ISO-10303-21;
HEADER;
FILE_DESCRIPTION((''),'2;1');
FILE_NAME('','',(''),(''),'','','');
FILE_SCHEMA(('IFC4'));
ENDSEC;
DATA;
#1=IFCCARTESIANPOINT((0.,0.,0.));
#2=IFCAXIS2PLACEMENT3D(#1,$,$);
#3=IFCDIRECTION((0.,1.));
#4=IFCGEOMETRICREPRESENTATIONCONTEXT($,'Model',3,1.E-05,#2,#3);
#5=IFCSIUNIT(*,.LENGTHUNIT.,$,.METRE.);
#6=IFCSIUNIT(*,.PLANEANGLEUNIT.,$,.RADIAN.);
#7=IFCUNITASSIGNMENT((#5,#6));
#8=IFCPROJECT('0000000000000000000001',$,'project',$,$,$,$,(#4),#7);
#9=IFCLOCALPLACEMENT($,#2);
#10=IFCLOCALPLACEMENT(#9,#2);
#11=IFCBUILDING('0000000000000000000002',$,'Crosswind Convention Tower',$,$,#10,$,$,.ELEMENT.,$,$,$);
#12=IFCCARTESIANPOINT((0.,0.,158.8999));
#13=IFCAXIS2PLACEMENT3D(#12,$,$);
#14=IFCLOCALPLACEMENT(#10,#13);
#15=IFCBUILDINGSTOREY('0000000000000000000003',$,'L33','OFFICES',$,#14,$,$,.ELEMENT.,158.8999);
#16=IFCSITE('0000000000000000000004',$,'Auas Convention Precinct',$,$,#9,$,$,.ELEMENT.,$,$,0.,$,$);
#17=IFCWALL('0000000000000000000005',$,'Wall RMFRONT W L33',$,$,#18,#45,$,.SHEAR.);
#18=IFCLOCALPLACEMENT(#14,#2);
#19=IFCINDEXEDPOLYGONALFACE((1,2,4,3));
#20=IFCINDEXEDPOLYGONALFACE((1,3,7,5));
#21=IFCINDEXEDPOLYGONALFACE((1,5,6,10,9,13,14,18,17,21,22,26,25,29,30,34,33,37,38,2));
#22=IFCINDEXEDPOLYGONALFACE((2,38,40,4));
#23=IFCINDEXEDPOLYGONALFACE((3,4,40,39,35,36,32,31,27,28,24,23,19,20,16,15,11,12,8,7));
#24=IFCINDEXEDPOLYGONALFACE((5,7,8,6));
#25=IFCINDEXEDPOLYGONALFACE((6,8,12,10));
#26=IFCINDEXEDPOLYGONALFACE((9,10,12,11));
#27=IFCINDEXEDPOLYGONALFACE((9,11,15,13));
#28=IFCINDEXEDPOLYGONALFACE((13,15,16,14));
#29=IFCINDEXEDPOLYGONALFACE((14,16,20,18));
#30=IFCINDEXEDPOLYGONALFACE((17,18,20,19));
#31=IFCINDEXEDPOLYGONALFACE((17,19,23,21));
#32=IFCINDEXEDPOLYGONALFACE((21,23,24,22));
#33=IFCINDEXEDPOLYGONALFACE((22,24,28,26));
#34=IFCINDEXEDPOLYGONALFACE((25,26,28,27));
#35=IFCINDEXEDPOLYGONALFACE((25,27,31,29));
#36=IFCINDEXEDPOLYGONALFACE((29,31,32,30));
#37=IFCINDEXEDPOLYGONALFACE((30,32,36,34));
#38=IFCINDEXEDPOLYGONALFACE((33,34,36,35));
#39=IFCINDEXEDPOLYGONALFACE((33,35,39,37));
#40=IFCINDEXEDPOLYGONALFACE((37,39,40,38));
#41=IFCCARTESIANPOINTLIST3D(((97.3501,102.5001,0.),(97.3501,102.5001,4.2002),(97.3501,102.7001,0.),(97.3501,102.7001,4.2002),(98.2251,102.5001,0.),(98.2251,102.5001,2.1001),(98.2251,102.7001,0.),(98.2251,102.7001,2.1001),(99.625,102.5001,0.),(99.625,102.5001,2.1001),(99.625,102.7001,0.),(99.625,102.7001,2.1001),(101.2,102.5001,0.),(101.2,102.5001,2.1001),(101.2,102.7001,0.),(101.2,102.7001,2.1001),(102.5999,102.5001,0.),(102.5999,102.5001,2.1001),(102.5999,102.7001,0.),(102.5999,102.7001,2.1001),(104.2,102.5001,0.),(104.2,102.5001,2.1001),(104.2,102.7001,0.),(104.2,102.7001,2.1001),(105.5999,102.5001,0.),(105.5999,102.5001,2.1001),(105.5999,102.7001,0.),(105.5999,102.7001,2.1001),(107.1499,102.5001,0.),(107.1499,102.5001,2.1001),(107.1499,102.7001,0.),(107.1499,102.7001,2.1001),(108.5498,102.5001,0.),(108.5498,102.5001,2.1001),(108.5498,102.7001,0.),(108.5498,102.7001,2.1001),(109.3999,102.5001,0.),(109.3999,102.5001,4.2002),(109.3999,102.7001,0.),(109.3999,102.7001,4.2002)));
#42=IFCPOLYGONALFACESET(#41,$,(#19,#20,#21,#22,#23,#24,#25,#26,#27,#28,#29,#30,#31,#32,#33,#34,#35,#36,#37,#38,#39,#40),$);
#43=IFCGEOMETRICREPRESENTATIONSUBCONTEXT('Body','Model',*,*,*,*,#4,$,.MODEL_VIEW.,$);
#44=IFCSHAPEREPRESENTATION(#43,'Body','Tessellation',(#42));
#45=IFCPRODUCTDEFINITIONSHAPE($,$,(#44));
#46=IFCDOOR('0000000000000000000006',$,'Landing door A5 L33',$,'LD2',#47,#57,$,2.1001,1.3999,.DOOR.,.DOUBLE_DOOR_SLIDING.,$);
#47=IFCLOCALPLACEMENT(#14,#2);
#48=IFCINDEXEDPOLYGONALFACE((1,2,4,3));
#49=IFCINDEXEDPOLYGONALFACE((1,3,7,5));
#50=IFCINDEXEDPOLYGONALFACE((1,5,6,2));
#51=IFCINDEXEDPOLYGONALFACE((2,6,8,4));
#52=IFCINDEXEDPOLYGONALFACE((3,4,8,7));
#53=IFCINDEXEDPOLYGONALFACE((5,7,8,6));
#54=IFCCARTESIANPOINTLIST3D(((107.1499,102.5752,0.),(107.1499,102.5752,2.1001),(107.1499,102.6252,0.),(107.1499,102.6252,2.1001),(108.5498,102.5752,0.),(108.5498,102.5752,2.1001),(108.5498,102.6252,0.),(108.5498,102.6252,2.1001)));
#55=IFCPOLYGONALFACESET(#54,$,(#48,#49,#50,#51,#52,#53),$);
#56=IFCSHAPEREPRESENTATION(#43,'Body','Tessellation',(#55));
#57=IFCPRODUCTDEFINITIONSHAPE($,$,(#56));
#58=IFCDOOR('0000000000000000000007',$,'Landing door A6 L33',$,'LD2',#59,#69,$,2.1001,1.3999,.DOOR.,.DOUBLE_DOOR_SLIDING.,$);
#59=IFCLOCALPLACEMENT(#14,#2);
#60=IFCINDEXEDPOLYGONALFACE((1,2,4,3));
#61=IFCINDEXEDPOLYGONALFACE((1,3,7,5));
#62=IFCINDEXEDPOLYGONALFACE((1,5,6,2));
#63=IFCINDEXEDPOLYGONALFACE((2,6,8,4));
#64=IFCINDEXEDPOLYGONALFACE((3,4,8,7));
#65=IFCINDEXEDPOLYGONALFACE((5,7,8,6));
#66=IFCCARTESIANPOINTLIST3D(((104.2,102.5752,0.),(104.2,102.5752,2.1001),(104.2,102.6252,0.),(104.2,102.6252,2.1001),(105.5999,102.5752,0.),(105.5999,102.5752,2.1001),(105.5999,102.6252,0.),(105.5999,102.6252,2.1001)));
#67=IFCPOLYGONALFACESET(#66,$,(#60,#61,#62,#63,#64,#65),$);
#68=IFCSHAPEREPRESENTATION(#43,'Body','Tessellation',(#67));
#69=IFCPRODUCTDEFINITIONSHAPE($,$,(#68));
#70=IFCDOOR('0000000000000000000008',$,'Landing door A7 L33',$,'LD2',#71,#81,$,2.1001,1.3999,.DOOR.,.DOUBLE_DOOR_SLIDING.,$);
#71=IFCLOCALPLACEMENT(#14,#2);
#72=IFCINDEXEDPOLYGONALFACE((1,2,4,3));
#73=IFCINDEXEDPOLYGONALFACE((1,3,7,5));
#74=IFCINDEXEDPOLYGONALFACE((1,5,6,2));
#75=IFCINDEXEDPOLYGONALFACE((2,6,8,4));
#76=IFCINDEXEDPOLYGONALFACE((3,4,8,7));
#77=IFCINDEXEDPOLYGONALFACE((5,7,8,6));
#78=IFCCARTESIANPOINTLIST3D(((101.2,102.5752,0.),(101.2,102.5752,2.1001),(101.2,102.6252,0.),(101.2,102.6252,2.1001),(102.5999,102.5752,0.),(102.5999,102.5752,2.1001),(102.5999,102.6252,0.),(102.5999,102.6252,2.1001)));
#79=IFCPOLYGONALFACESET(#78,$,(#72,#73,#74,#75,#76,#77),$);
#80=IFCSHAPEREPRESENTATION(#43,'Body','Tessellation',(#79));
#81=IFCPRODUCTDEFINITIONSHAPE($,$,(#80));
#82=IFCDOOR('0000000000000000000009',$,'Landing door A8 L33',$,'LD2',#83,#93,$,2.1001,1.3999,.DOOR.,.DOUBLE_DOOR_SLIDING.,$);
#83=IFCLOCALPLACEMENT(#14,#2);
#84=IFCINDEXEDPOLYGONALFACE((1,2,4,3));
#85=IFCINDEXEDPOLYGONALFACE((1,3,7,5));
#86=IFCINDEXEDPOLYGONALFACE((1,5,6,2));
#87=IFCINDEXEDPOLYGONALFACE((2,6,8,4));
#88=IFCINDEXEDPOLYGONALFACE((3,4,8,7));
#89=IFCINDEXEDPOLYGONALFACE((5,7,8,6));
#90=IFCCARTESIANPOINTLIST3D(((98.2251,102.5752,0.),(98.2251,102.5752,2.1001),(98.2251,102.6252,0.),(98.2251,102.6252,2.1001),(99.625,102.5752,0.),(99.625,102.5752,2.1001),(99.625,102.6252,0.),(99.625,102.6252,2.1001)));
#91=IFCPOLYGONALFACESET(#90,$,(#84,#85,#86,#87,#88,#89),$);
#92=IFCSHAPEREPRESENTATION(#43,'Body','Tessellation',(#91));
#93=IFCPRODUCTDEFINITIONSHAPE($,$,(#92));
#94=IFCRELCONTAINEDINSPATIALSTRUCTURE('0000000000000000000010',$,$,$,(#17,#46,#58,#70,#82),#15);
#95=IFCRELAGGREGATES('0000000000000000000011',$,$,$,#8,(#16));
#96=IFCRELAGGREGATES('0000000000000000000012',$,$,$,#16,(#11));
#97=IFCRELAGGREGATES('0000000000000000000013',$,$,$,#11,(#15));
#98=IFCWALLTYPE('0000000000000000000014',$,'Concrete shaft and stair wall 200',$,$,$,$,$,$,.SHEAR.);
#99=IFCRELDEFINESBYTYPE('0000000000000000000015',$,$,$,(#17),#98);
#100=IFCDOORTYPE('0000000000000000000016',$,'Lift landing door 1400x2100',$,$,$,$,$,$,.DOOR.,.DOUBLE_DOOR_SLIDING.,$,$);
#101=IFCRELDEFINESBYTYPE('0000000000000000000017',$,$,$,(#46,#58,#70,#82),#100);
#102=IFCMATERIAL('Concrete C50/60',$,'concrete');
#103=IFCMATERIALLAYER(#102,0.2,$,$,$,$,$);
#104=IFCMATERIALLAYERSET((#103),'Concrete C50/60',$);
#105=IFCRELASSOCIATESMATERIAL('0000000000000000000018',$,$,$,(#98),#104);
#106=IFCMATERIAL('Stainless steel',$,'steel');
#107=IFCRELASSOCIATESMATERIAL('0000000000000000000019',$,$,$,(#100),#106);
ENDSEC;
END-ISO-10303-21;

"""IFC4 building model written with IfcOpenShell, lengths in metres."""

from ifc_helpers import new_model, si_unit, direction, frame, frame_2d, origin, place, context, subcontext, project, spatial, rectangle, extrude, material, layer, layer_set, type_object, element, fill, save


model = new_model("IFC4")

# Units and contexts
model_context = context("Model", 3, precision=1e-05, world=origin(), true_north=direction((0.0, 1.0)))
body_context = subcontext(model_context, "Body", "Model", "MODEL_VIEW")
ifc_project = project(units=[si_unit("LENGTHUNIT", "METRE"), si_unit("PLANEANGLEUNIT", "RADIAN")], contexts=[model_context])

# Site, building, storey
site_placement = place(None, origin())
site = spatial("IfcSite", under=ifc_project, at=site_placement, Name="Auas Convention Precinct", CompositionType="ELEMENT", RefElevation=0.0)
building_placement = place(site_placement, origin())
building = spatial("IfcBuilding", under=site, at=building_placement, Name="Crosswind Convention Tower", CompositionType="ELEMENT")
storey_placement = place(building_placement, frame((0.0, 0.0, 158.8999)))
storey = spatial("IfcBuildingStorey", under=building, at=storey_placement, Name="L33", Description="OFFICES", CompositionType="ELEMENT", Elevation=158.8999)

# Shared definitions
ifc_material_1 = material(Name="Concrete C50/60", Category="concrete")
ifc_layer_1 = layer(ifc_material_1, 0.2)
ifc_layer_set_1 = layer_set([ifc_layer_1], Name="Concrete C50/60")
wall_type_1 = type_object("IfcWallType", Name="Concrete shaft and stair wall 200", PredefinedType="SHEAR", material=ifc_layer_set_1)

# Wall, openings, doors
wall_1_placement = place(storey_placement, frame((109.3999, 102.6001, 0.0), z_axis=(0.0, 0.0, 1.0), x_axis=(-1.0, 0.0, 0.0)))
wall_1 = element("IfcWall", 1, at=wall_1_placement, inside=storey, type_object=wall_type_1, Name="Wall RMFRONT W L33", PredefinedType="SHEAR", context=body_context, shape_type="SweptSolid", body=[
    extrude(rectangle(XDim=12.0498, YDim=0.2, at=frame_2d((6.0249, 0.0))), origin(), (0.0, 0.0, 1.0), 4.2002),
])
opening_1_placement = place(wall_1_placement, frame((0.8501, 0.0, 0.0)))
opening_1 = element("IfcOpeningElement", 2, at=opening_1_placement, cuts=wall_1, PredefinedType="OPENING", context=body_context, shape_type="SweptSolid", body=[
    extrude(rectangle(XDim=1.3999, YDim=2.1001, at=frame_2d((0.7, 1.05))), frame((0.0, 0.1099, 0.0), z_axis=(0.0, -1.0, 0.0), x_axis=(1.0, 0.0, 0.0)), (0.0, 0.0, 1.0), 0.22),
])
opening_2_placement = place(wall_1_placement, frame((3.8, 0.0, 0.0)))
opening_2 = element("IfcOpeningElement", 3, at=opening_2_placement, cuts=wall_1, PredefinedType="OPENING", context=body_context, shape_type="SweptSolid", body=[
    extrude(rectangle(XDim=1.3999, YDim=2.1001, at=frame_2d((0.7, 1.05))), frame((0.0, 0.1099, 0.0), z_axis=(0.0, -1.0, 0.0), x_axis=(1.0, 0.0, 0.0)), (0.0, 0.0, 1.0), 0.22),
])
opening_3_placement = place(wall_1_placement, frame((6.8, 0.0, 0.0)))
opening_3 = element("IfcOpeningElement", 4, at=opening_3_placement, cuts=wall_1, PredefinedType="OPENING", context=body_context, shape_type="SweptSolid", body=[
    extrude(rectangle(XDim=1.3999, YDim=2.1001, at=frame_2d((0.7, 1.05))), frame((0.0, 0.1099, 0.0), z_axis=(0.0, -1.0, 0.0), x_axis=(1.0, 0.0, 0.0)), (0.0, 0.0, 1.0), 0.22),
])
opening_4_placement = place(wall_1_placement, frame((9.7749, 0.0, 0.0)))
opening_4 = element("IfcOpeningElement", 5, at=opening_4_placement, cuts=wall_1, PredefinedType="OPENING", context=body_context, shape_type="SweptSolid", body=[
    extrude(rectangle(XDim=1.3999, YDim=2.1001, at=frame_2d((0.7, 1.05))), frame((0.0, 0.1099, 0.0), z_axis=(0.0, -1.0, 0.0), x_axis=(1.0, 0.0, 0.0)), (0.0, 0.0, 1.0), 0.22),
])
ifc_material_2 = material(Name="Stainless steel", Category="steel")
door_type_1 = type_object("IfcDoorType", Name="Lift landing door 1400x2100", OperationType="DOUBLE_DOOR_SLIDING", PredefinedType="DOOR", material=ifc_material_2)
door_1_placement = place(opening_1_placement, origin())
door_1 = element("IfcDoor", 6, at=door_1_placement, inside=storey, type_object=door_type_1, Name="Landing door A5 L33", ObjectType="LD2", OperationType="DOUBLE_DOOR_SLIDING", OverallHeight=2.1001, OverallWidth=1.3999, PredefinedType="DOOR", context=body_context, shape_type="SweptSolid", body=[
    extrude(rectangle(XDim=1.3999, YDim=2.1001, at=frame_2d((0.7, 1.05))), frame((0.0, 0.0249, 0.0), z_axis=(0.0, -1.0, 0.0), x_axis=(1.0, 0.0, 0.0)), (0.0, 0.0, 1.0), 0.05),
])
fill(opening_1, door_1)
door_2_placement = place(opening_2_placement, origin())
door_2 = element("IfcDoor", 7, at=door_2_placement, inside=storey, type_object=door_type_1, Name="Landing door A6 L33", ObjectType="LD2", OperationType="DOUBLE_DOOR_SLIDING", OverallHeight=2.1001, OverallWidth=1.3999, PredefinedType="DOOR", context=body_context, shape_type="SweptSolid", body=[
    extrude(rectangle(XDim=1.3999, YDim=2.1001, at=frame_2d((0.7, 1.05))), frame((0.0, 0.0249, 0.0), z_axis=(0.0, -1.0, 0.0), x_axis=(1.0, 0.0, 0.0)), (0.0, 0.0, 1.0), 0.05),
])
fill(opening_2, door_2)
door_3_placement = place(opening_3_placement, origin())
door_3 = element("IfcDoor", 8, at=door_3_placement, inside=storey, type_object=door_type_1, Name="Landing door A7 L33", ObjectType="LD2", OperationType="DOUBLE_DOOR_SLIDING", OverallHeight=2.1001, OverallWidth=1.3999, PredefinedType="DOOR", context=body_context, shape_type="SweptSolid", body=[
    extrude(rectangle(XDim=1.3999, YDim=2.1001, at=frame_2d((0.7, 1.05))), frame((0.0, 0.0249, 0.0), z_axis=(0.0, -1.0, 0.0), x_axis=(1.0, 0.0, 0.0)), (0.0, 0.0, 1.0), 0.05),
])
fill(opening_3, door_3)
door_4_placement = place(opening_4_placement, origin())
door_4 = element("IfcDoor", 9, at=door_4_placement, inside=storey, type_object=door_type_1, Name="Landing door A8 L33", ObjectType="LD2", OperationType="DOUBLE_DOOR_SLIDING", OverallHeight=2.1001, OverallWidth=1.3999, PredefinedType="DOOR", context=body_context, shape_type="SweptSolid", body=[
    extrude(rectangle(XDim=1.3999, YDim=2.1001, at=frame_2d((0.7, 1.05))), frame((0.0, 0.0249, 0.0), z_axis=(0.0, -1.0, 0.0), x_axis=(1.0, 0.0, 0.0)), (0.0, 0.0, 1.0), 0.05),
])
fill(opening_4, door_4)

save(model, "model.ifc")
